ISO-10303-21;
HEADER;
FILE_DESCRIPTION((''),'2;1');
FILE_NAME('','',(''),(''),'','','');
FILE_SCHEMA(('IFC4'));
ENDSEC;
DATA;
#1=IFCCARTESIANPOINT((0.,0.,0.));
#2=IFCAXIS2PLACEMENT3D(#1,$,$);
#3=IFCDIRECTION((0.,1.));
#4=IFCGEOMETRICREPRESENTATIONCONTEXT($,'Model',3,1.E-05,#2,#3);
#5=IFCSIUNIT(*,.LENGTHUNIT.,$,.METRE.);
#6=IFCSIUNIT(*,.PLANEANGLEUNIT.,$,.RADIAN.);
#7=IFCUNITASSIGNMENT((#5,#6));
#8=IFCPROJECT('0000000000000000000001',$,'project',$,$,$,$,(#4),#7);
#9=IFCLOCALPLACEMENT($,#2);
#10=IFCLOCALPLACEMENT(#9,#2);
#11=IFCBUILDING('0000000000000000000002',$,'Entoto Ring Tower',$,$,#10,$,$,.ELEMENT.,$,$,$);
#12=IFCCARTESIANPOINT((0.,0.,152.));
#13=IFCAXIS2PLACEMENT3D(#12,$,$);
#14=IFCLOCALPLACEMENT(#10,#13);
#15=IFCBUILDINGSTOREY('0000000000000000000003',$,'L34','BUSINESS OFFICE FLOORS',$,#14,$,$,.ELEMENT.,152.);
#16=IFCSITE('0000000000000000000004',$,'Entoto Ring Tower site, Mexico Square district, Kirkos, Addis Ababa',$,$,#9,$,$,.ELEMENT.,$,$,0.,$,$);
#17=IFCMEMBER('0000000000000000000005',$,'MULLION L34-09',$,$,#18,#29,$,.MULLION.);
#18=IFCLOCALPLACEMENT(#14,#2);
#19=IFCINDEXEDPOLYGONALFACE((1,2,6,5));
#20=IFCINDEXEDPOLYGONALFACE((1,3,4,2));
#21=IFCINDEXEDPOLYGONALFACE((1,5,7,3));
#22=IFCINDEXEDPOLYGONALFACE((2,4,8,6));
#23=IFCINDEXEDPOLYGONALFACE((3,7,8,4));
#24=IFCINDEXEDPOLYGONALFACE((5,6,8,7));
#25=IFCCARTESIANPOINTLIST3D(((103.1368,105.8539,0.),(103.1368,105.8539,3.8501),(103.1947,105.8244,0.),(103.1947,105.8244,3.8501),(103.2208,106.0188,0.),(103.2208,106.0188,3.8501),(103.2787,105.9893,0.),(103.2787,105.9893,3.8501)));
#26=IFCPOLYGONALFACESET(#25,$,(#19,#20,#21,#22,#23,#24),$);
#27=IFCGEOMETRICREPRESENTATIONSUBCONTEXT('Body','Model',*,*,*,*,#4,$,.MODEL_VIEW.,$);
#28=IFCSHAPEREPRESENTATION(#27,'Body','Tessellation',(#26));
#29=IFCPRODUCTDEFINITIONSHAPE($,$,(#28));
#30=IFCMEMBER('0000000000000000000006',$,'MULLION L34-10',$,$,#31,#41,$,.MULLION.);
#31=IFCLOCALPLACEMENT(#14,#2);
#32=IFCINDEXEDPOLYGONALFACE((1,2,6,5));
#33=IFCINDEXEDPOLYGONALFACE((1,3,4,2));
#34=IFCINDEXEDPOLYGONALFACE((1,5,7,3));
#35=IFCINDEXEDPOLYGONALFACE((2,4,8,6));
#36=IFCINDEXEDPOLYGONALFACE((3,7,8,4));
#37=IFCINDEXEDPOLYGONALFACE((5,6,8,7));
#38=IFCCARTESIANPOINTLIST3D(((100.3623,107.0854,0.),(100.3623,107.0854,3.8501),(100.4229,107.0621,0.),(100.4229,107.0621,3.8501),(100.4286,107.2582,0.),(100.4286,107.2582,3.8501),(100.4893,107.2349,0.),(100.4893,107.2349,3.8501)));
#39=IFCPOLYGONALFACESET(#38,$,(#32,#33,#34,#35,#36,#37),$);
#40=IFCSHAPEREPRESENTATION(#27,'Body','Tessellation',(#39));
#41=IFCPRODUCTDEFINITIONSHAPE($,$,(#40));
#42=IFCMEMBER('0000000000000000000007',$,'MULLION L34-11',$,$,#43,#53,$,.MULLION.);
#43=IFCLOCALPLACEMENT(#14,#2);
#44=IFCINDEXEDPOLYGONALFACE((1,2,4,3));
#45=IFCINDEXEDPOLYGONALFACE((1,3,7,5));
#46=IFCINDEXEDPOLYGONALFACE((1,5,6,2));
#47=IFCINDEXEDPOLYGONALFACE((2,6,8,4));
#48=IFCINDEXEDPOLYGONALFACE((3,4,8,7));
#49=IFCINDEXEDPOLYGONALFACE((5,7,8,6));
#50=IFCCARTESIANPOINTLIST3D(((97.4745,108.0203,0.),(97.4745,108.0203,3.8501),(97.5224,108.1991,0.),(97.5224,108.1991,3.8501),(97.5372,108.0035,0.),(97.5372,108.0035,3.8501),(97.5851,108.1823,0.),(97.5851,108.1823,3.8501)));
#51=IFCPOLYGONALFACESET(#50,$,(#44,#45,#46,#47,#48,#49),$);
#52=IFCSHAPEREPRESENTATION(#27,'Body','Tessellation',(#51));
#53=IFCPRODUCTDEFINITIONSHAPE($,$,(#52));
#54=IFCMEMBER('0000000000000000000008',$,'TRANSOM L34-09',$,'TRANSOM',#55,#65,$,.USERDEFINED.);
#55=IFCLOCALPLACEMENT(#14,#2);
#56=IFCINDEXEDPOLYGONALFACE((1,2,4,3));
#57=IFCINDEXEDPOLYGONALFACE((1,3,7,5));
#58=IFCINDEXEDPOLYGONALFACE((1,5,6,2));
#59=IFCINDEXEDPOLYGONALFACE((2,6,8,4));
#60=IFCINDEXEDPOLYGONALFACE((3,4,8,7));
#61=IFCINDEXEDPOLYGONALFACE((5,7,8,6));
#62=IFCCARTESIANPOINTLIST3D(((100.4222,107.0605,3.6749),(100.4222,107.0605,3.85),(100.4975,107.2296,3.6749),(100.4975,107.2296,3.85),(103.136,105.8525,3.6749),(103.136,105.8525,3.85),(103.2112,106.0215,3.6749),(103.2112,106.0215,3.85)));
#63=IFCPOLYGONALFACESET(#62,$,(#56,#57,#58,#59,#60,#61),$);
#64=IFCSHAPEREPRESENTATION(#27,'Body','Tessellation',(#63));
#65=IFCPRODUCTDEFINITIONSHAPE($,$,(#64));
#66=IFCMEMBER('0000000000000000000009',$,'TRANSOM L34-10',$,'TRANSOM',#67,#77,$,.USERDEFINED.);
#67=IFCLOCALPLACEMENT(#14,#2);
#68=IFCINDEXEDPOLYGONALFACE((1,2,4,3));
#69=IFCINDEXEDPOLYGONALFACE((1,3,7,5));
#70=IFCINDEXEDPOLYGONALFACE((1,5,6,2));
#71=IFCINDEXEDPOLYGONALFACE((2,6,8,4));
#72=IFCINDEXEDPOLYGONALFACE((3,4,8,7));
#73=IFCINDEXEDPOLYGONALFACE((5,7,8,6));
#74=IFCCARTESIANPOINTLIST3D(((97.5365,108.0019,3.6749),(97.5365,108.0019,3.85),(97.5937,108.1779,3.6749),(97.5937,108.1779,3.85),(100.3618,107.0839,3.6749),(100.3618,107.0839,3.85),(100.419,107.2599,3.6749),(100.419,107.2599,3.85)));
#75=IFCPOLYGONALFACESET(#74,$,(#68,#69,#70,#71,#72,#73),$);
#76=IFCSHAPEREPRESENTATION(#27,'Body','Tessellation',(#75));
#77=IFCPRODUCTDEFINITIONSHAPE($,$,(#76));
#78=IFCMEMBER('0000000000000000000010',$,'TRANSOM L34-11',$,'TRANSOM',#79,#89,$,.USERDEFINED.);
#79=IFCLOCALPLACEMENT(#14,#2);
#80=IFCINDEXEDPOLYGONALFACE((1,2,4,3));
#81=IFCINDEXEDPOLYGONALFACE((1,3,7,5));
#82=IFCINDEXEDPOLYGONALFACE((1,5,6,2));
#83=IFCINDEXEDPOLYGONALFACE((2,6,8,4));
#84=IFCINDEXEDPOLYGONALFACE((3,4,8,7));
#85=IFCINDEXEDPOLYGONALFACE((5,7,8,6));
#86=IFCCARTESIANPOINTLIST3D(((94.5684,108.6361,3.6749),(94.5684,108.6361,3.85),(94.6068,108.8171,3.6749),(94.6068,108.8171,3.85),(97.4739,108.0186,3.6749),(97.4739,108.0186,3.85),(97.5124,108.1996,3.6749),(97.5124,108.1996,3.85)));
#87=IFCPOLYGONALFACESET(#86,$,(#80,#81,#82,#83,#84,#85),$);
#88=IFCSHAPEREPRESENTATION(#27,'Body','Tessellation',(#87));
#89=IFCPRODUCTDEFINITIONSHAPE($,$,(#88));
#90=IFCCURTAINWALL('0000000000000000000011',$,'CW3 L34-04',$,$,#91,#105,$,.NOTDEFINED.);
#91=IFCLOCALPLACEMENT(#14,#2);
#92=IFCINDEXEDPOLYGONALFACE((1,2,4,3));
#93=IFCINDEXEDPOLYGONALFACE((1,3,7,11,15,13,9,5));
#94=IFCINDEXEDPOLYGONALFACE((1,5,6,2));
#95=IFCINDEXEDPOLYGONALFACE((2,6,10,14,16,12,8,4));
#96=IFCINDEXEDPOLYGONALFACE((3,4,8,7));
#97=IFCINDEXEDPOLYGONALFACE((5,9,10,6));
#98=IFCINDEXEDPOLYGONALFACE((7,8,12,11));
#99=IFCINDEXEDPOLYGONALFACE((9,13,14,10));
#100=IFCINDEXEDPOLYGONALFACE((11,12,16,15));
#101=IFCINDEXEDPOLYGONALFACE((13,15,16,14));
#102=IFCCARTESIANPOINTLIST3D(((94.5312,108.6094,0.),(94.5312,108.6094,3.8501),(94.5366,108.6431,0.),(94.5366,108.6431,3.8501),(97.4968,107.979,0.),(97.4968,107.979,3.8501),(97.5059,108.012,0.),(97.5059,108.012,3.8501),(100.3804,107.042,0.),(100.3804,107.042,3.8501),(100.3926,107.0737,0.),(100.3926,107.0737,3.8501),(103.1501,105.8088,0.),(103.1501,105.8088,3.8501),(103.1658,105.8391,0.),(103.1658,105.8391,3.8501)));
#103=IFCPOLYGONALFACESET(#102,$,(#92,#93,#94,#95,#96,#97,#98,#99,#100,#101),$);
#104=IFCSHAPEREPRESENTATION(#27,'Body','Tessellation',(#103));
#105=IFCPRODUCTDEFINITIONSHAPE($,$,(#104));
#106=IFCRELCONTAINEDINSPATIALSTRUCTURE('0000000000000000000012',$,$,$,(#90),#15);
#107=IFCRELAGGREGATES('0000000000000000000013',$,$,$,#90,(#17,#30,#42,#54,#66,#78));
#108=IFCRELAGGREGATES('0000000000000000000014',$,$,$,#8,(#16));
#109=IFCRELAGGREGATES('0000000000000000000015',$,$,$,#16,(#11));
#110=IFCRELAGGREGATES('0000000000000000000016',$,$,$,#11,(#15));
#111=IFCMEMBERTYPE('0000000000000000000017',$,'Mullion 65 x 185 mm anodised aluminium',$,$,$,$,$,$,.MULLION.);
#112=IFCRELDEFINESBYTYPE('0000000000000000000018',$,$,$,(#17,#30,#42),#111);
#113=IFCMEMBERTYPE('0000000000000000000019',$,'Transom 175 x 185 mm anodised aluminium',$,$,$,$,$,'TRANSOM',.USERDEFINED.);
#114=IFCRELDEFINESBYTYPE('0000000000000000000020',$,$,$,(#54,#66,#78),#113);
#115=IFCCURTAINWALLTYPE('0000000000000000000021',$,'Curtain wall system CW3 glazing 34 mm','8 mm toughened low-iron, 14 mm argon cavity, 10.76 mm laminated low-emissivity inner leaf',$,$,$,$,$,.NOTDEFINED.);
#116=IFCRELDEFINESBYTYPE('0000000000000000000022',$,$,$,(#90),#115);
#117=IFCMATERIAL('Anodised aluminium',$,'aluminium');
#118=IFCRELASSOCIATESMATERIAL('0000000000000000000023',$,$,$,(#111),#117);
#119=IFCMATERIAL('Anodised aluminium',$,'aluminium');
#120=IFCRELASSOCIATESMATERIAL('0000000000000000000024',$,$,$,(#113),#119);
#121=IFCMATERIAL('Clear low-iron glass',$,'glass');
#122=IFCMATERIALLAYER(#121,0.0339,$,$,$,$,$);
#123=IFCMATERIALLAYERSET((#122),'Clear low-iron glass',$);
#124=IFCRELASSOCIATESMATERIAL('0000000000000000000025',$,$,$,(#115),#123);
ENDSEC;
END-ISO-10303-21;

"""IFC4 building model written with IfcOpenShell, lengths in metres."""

from ifc_helpers import new_model, si_unit, direction, frame, origin, origin_2d, place, context, subcontext, project, spatial, polyline, rectangle, outline, extrude, material, layer, layer_set, material_profile, profile_set, type_object, element, aggregate, save


model = new_model("IFC4")

# Units and contexts
model_context = context("Model", 3, precision=1e-05, world=origin(), true_north=direction((0.0, 1.0)))
body_context = subcontext(model_context, "Body", "Model", "MODEL_VIEW")
ifc_project = project(units=[si_unit("LENGTHUNIT", "METRE"), si_unit("PLANEANGLEUNIT", "RADIAN")], contexts=[model_context])

# Members
ifc_material_1 = material(Name="Anodised aluminium", Category="aluminium")
ifc_material_profile_1 = material_profile(ifc_material_1, rectangle(XDim=0.0649, YDim=0.1851, at=origin_2d()), Name="Mullion 65 x 185 mm anodised aluminium")
ifc_profile_set_1 = profile_set([ifc_material_profile_1], Name="Anodised aluminium")
member_type_1 = type_object("IfcMemberType", Name="Mullion 65 x 185 mm anodised aluminium", PredefinedType="MULLION", material=ifc_profile_set_1)
site_placement = place(None, origin())
building_placement = place(site_placement, origin())
storey_placement = place(building_placement, frame((0.0, 0.0, 152.0)))
member_1_placement = place(storey_placement, frame((103.2078, 105.9216, 0.0), z_axis=(0.0, 0.0, 1.0), x_axis=(-0.891007, 0.45399, 0.0)))
member_1 = element("IfcMember", 1, at=member_1_placement, type_object=member_type_1, Name="MULLION L34-09", PredefinedType="MULLION", context=body_context, shape_type="SweptSolid", body=[
    extrude(rectangle(XDim=0.0649, YDim=0.1851, at=origin_2d()), origin(), (0.0, 0.0, 1.0), 3.8501),
])
member_2_placement = place(storey_placement, frame((100.4258, 107.1602, 0.0), z_axis=(0.0, 0.0, 1.0), x_axis=(-0.93358, 0.358368, 0.0)))
member_2 = element("IfcMember", 2, at=member_2_placement, type_object=member_type_1, Name="MULLION L34-10", PredefinedType="MULLION", context=body_context, shape_type="SweptSolid", body=[
    extrude(rectangle(XDim=0.0649, YDim=0.1851, at=origin_2d()), origin(), (0.0, 0.0, 1.0), 3.8501),
])
member_3_placement = place(storey_placement, frame((97.5298, 108.1013, 0.0), z_axis=(0.0, 0.0, 1.0), x_axis=(-0.965926, 0.258819, 0.0)))
member_3 = element("IfcMember", 3, at=member_3_placement, type_object=member_type_1, Name="MULLION L34-11", PredefinedType="MULLION", context=body_context, shape_type="SweptSolid", body=[
    extrude(rectangle(XDim=0.0649, YDim=0.1851, at=origin_2d()), origin(), (0.0, 0.0, 1.0), 3.8501),
])
ifc_material_2 = material(Name="Anodised aluminium", Category="aluminium")
ifc_material_profile_2 = material_profile(ifc_material_2, rectangle(XDim=0.1851, YDim=0.175, at=origin_2d()), Name="Transom 175 x 185 mm anodised aluminium")
ifc_profile_set_2 = profile_set([ifc_material_profile_2], Name="Anodised aluminium")
member_type_2 = type_object("IfcMemberType", Name="Transom 175 x 185 mm anodised aluminium", ElementType="TRANSOM", PredefinedType="USERDEFINED", material=ifc_profile_set_2)
member_4_placement = place(storey_placement, frame((103.1736, 105.937, 3.7625), z_axis=(-0.913567, 0.406687, 0.0), x_axis=(-0.406687, -0.913567, 0.0)))
member_4 = element("IfcMember", 4, at=member_4_placement, type_object=member_type_2, Name="TRANSOM L34-09", ObjectType="TRANSOM", PredefinedType="USERDEFINED", context=body_context, shape_type="SweptSolid", body=[
    extrude(rectangle(XDim=0.1851, YDim=0.175, at=origin_2d()), origin(), (0.0, 0.0, 1.0), 2.9705),
])
member_5_placement = place(storey_placement, frame((100.3904, 107.1719, 3.7625), z_axis=(-0.951056, 0.309019, 0.0), x_axis=(-0.309019, -0.951056, 0.0)))
member_5 = element("IfcMember", 5, at=member_5_placement, type_object=member_type_2, Name="TRANSOM L34-10", ObjectType="TRANSOM", PredefinedType="USERDEFINED", context=body_context, shape_type="SweptSolid", body=[
    extrude(rectangle(XDim=0.1851, YDim=0.175, at=origin_2d()), origin(), (0.0, 0.0, 1.0), 2.9707),
])
member_6_placement = place(storey_placement, frame((97.4932, 108.1091, 3.7625), z_axis=(-0.978158, 0.207862, 0.0), x_axis=(-0.207862, -0.978158, 0.0)))
member_6 = element("IfcMember", 6, at=member_6_placement, type_object=member_type_2, Name="TRANSOM L34-11", ObjectType="TRANSOM", PredefinedType="USERDEFINED", context=body_context, shape_type="SweptSolid", body=[
    extrude(rectangle(XDim=0.1851, YDim=0.175, at=origin_2d()), origin(), (0.0, 0.0, 1.0), 2.9705),
])

# Site, building, storey
site = spatial("IfcSite", under=ifc_project, at=site_placement, Name="Entoto Ring Tower site, Mexico Square district, Kirkos, Addis Ababa", CompositionType="ELEMENT", RefElevation=0.0)
building = spatial("IfcBuilding", under=site, at=building_placement, Name="Entoto Ring Tower", CompositionType="ELEMENT")
storey = spatial("IfcBuildingStorey", under=building, at=storey_placement, Name="L34", Description="BUSINESS OFFICE FLOORS", CompositionType="ELEMENT", Elevation=152.0)

# Curtain wall
ifc_material_3 = material(Name="Clear low-iron glass", Category="glass")
ifc_layer = layer(ifc_material_3, 0.0339)
ifc_layer_set = layer_set([ifc_layer], Name="Clear low-iron glass")
curtain_wall_type = type_object("IfcCurtainWallType", Name="Curtain wall system CW3 glazing 34 mm", Description="8 mm toughened low-iron, 14 mm argon cavity, 10.76 mm laminated low-emissivity inner leaf", PredefinedType="NOTDEFINED", material=ifc_layer_set)
curtain_wall_1_placement = place(storey_placement, origin())
curtain_wall_1 = element("IfcCurtainWall", 7, at=curtain_wall_1_placement, inside=storey, type_object=curtain_wall_type, Name="CW3 L34-04", PredefinedType="NOTDEFINED", context=body_context, shape_type="SweptSolid", body=[
    extrude(outline(polyline([(103.1658, 105.8391), (100.3926, 107.0737), (97.5059, 108.012), (94.5366, 108.6431), (94.5312, 108.6094), (97.4968, 107.979), (100.3804, 107.042), (103.1501, 105.8088), (103.1658, 105.8391)])), origin(), (0.0, 0.0, 1.0), 3.8501),
])
aggregate(curtain_wall_1, [member_1, member_2, member_3, member_4, member_5, member_6])

save(model, "model.ifc")
